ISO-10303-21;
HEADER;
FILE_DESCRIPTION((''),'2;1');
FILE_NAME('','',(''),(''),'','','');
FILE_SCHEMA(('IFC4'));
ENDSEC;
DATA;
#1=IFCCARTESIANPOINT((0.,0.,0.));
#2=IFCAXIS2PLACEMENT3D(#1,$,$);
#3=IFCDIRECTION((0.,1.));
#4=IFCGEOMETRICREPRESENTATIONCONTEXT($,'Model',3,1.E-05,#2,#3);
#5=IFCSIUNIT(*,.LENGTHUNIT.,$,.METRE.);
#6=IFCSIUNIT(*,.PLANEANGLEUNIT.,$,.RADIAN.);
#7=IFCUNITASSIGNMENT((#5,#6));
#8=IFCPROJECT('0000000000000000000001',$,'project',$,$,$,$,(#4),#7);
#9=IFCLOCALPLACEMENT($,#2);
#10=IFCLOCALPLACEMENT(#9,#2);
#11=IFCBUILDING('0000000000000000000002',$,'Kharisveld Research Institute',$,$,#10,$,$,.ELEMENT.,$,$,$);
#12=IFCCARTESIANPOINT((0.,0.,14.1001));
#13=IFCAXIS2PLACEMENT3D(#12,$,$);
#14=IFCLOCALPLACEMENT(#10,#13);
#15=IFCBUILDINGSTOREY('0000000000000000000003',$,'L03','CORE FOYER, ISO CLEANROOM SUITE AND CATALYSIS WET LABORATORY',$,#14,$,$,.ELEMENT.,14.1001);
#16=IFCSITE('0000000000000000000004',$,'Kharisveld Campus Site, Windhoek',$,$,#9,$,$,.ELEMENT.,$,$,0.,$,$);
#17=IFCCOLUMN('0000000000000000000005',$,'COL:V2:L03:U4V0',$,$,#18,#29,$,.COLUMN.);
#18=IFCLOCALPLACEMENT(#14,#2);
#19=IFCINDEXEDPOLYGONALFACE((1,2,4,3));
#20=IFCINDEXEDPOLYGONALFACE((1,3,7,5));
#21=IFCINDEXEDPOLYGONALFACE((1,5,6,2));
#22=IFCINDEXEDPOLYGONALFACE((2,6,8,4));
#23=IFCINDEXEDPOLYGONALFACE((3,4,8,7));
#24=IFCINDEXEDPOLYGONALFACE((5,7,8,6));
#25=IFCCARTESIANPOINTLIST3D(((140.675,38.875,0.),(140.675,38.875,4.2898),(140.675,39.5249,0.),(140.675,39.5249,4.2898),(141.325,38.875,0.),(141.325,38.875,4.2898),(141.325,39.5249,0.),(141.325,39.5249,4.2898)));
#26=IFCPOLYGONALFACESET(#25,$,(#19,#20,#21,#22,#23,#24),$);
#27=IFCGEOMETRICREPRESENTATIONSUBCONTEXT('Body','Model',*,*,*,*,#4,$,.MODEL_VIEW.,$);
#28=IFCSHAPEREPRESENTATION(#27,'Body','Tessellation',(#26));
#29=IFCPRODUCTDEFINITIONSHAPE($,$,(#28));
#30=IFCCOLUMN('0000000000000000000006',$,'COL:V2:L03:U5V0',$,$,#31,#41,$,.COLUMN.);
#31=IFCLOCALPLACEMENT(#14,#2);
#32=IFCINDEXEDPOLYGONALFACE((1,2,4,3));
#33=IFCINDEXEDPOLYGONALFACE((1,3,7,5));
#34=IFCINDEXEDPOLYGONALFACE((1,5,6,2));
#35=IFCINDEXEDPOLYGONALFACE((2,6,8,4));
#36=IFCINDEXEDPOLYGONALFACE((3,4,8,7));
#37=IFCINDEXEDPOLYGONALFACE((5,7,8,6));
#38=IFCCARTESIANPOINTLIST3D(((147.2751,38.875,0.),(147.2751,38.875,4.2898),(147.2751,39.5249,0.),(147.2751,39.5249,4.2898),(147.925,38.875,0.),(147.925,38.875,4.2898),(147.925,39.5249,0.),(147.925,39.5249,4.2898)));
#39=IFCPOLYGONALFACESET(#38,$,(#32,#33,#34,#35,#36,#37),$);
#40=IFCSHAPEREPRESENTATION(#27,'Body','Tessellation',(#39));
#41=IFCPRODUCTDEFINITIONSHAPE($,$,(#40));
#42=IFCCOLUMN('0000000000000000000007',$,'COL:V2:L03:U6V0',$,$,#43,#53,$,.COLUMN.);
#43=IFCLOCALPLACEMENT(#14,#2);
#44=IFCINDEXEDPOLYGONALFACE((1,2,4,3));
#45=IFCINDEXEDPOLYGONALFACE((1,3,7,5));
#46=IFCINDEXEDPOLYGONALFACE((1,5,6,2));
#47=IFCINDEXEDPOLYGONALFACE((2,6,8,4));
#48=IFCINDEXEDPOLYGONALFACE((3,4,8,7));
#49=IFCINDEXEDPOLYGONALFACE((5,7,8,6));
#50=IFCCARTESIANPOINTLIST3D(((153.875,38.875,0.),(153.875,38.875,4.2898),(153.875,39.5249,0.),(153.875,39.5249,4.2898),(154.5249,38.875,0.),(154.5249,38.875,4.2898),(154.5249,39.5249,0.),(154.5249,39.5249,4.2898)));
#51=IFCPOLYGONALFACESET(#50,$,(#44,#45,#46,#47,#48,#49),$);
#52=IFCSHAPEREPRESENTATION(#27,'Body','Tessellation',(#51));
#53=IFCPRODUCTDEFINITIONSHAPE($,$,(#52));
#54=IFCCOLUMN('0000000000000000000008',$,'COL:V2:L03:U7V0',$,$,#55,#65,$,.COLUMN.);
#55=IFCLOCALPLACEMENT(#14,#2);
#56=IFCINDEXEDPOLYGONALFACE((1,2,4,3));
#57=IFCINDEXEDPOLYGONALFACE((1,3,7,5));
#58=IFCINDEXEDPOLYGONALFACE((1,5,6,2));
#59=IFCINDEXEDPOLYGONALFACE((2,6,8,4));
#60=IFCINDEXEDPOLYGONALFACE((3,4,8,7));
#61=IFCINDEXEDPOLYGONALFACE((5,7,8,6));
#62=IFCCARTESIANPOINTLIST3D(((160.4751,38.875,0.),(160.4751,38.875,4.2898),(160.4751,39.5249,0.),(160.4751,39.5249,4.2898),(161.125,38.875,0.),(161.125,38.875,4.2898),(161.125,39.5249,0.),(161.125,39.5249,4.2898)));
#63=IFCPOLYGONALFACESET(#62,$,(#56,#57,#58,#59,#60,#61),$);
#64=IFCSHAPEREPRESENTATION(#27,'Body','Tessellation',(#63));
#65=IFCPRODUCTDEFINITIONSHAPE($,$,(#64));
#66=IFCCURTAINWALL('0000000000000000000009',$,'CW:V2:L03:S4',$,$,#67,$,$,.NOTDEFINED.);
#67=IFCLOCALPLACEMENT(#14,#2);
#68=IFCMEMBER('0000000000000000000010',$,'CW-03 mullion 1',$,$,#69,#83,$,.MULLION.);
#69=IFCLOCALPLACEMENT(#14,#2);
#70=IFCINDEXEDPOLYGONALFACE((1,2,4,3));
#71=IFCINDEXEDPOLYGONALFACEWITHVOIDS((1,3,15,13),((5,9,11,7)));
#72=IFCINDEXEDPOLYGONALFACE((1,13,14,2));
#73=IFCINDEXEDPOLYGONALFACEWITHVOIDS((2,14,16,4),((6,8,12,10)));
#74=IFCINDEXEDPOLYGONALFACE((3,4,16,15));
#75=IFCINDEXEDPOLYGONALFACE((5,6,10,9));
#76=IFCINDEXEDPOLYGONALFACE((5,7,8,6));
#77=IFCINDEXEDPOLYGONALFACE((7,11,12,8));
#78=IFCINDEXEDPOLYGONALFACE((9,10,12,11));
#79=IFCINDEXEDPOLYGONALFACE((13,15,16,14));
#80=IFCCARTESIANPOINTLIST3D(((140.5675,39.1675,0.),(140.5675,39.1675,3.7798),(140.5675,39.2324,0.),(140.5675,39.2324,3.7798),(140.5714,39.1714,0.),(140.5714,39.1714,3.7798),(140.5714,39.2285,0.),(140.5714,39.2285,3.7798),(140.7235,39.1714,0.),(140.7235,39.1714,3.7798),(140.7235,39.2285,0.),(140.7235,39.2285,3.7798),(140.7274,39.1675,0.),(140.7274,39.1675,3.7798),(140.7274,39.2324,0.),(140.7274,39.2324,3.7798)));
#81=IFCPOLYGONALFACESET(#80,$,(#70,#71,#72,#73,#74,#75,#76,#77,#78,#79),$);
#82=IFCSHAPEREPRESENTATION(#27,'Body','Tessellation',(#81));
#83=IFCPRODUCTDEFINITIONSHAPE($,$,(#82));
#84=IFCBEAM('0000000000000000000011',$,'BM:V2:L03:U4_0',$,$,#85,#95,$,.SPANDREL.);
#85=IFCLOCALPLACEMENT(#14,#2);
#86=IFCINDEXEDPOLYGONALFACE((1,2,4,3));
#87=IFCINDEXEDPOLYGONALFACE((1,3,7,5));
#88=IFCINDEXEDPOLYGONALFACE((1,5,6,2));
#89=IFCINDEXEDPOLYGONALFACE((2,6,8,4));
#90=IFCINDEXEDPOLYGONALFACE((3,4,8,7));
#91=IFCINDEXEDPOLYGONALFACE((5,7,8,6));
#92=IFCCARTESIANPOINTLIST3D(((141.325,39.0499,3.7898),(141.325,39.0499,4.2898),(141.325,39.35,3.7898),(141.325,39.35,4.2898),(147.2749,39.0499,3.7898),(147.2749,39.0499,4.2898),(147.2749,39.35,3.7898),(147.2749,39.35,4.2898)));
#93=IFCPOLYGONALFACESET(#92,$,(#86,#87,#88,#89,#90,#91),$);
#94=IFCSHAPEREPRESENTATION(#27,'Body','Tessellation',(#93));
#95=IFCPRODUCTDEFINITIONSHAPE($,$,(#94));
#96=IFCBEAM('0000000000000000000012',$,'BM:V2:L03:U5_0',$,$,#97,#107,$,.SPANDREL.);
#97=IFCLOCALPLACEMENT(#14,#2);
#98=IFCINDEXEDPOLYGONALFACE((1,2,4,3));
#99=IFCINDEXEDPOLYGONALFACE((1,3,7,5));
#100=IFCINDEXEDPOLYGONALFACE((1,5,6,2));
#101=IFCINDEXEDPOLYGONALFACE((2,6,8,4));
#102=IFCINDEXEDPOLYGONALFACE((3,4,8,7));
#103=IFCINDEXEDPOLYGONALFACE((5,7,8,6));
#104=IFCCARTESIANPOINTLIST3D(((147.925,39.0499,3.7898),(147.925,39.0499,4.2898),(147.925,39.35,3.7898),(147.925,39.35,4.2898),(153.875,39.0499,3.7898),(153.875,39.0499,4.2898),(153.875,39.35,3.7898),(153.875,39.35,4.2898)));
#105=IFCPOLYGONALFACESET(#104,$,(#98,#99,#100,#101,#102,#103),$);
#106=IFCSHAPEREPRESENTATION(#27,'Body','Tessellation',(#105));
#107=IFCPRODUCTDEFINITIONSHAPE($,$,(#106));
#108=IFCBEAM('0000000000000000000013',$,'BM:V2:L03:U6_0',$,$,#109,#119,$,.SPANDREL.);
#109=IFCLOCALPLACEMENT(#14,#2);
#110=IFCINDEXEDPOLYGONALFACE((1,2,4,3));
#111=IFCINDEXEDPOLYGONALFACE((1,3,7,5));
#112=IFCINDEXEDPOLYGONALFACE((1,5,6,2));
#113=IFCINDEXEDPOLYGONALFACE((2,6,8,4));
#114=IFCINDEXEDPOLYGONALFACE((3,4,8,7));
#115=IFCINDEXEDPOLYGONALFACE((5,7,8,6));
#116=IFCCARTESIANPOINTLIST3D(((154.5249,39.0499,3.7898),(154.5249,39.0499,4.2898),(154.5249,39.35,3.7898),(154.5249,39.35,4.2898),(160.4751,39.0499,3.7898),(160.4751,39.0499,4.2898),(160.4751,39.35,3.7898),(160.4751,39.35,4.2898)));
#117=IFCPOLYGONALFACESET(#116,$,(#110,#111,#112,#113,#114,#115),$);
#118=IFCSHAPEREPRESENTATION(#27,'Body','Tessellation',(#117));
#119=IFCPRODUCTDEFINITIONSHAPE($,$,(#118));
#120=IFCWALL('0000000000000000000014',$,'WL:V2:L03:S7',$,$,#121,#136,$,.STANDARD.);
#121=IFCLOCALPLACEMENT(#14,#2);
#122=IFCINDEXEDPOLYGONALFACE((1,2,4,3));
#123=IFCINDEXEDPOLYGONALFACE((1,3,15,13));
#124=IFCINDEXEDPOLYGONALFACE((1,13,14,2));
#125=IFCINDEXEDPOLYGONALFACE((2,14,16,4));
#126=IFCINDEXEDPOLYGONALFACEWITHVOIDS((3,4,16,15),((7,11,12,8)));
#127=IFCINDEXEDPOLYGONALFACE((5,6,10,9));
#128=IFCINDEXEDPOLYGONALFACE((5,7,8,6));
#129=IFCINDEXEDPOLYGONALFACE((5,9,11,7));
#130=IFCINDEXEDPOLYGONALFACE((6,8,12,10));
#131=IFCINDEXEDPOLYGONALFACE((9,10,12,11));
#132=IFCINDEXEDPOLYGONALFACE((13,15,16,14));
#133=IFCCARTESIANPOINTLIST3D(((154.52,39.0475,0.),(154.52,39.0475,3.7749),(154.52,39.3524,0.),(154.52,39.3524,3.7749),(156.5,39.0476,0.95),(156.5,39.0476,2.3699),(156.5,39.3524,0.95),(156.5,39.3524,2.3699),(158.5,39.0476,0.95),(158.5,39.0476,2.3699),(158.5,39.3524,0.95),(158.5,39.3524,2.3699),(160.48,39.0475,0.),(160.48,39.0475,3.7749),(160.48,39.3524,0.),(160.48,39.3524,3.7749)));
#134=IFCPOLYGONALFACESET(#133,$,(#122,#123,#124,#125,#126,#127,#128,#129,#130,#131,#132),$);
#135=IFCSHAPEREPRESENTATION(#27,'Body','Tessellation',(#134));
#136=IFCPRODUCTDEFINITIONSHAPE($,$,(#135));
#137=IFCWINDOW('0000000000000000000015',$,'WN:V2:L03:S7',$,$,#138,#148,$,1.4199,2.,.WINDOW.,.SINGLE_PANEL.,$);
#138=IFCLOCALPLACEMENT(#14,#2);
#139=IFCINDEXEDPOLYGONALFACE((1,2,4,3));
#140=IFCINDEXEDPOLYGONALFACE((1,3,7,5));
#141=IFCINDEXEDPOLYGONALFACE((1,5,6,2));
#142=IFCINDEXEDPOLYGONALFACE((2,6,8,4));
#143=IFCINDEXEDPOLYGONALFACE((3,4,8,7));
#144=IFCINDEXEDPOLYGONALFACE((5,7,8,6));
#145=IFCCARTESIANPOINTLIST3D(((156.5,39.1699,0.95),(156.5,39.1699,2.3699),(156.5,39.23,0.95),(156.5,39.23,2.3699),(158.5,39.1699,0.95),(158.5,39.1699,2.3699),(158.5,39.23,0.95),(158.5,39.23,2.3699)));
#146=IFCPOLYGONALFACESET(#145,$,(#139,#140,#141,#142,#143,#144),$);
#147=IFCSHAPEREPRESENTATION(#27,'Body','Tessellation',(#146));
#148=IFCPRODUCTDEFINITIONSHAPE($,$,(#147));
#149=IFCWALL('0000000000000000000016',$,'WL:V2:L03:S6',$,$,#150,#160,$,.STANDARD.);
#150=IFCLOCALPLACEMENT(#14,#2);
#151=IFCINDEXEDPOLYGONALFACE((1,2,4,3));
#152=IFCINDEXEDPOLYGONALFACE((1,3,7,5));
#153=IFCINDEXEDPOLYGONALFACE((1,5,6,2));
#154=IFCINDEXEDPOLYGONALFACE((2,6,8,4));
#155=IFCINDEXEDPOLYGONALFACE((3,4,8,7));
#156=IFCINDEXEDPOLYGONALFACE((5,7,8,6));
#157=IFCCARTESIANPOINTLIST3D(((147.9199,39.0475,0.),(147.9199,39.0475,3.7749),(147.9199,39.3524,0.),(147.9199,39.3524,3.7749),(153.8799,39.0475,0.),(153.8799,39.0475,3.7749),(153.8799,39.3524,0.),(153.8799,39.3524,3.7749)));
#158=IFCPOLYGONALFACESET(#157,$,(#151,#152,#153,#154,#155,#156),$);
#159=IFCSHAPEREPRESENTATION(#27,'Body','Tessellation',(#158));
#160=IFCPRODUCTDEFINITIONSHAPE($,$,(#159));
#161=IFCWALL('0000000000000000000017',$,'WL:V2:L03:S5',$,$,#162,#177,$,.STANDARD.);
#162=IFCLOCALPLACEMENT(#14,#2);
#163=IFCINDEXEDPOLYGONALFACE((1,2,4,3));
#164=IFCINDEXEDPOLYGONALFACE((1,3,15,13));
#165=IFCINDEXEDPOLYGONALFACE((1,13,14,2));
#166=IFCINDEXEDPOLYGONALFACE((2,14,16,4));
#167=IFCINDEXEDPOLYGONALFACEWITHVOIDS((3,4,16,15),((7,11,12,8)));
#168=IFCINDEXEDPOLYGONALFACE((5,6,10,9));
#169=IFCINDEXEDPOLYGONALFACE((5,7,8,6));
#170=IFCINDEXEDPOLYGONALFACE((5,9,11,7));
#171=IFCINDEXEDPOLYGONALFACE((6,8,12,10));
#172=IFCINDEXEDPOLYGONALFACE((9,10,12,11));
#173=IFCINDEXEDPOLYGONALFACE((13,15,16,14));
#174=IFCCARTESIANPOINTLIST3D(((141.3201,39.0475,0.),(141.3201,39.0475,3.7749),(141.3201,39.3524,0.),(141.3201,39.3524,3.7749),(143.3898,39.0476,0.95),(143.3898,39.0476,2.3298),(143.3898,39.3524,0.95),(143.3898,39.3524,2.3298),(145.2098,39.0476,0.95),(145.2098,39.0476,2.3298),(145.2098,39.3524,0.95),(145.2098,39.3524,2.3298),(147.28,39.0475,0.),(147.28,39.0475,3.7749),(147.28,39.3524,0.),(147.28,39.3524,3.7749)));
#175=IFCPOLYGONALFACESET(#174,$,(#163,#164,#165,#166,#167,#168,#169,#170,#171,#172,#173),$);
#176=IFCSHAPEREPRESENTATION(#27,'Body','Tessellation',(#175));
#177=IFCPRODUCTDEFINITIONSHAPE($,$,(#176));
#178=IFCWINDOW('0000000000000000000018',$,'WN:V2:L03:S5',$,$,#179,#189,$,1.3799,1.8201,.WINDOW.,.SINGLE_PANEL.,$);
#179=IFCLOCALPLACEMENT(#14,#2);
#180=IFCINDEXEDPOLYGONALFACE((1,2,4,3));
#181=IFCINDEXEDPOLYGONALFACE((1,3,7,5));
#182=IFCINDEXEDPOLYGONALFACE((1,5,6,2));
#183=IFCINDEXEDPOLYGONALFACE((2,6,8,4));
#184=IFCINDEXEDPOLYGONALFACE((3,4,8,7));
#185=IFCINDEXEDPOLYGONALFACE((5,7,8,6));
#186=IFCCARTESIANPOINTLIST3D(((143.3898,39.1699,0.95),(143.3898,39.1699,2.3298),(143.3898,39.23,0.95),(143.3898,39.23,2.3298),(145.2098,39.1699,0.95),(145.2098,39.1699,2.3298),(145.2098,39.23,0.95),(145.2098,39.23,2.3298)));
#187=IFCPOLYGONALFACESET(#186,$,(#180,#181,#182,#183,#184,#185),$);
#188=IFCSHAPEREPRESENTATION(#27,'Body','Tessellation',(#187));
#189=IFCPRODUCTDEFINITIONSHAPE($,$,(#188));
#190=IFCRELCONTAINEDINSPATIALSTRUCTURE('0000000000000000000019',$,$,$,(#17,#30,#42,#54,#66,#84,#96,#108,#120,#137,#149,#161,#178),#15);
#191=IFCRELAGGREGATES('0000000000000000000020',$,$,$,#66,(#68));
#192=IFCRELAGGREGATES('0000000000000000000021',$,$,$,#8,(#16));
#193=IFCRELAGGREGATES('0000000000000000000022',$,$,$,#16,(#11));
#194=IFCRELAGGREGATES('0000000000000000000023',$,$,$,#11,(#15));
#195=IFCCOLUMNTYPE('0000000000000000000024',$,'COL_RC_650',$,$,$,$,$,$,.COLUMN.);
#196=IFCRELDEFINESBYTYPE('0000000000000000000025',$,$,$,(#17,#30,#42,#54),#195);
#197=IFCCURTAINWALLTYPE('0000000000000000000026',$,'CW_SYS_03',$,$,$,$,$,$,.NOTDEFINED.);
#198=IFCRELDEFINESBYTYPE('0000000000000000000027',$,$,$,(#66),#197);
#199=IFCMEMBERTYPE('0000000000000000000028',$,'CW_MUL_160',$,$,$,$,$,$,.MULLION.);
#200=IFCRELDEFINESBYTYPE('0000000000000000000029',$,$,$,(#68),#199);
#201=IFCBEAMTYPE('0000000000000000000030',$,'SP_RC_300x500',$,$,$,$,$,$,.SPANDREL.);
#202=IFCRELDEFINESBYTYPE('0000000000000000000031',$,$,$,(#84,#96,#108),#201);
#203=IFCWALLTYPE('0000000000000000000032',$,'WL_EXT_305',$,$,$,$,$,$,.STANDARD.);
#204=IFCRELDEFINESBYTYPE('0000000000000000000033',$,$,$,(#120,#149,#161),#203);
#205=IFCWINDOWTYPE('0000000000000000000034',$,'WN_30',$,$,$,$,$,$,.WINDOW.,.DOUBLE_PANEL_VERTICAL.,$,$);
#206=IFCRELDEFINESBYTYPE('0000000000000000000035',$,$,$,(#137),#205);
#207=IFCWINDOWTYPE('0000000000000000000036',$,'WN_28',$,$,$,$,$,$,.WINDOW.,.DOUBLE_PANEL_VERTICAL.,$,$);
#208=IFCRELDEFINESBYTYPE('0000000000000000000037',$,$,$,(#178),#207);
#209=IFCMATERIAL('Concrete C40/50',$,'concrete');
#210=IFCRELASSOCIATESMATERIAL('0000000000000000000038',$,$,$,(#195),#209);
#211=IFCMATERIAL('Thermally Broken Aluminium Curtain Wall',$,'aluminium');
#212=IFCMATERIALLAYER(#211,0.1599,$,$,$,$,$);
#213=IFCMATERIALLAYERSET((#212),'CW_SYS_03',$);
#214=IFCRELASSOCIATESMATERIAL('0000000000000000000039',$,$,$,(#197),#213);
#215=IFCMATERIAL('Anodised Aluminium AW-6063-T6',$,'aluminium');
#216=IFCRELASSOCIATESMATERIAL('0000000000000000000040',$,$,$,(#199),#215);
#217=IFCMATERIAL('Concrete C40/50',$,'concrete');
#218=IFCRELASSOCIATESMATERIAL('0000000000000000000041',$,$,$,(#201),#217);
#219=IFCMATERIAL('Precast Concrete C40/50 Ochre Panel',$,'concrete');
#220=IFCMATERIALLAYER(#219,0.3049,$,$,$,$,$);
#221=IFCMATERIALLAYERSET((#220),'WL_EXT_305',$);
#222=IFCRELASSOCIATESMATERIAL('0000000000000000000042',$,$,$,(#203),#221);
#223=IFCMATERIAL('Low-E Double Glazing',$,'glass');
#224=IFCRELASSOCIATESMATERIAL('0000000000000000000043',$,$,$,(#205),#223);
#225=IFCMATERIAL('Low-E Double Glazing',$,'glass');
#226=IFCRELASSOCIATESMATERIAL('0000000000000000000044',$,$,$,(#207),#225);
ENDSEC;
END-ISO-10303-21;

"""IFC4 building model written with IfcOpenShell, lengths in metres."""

from ifc_helpers import new_model, si_unit, direction, frame, frame_2d, origin, origin_2d, place, context, subcontext, project, spatial, rectangle, hollow_rectangle, extrude, material, layer, layer_set, material_profile, profile_set, type_object, element, fill, aggregate, save


model = new_model("IFC4")

# Units and contexts
model_context = context("Model", 3, precision=1e-05, world=origin(), true_north=direction((0.0, 1.0)))
body_context = subcontext(model_context, "Body", "Model", "MODEL_VIEW")
ifc_project = project(units=[si_unit("LENGTHUNIT", "METRE"), si_unit("PLANEANGLEUNIT", "RADIAN")], contexts=[model_context])

# Site, building, storey
site_placement = place(None, origin())
site = spatial("IfcSite", under=ifc_project, at=site_placement, Name="Kharisveld Campus Site, Windhoek", CompositionType="ELEMENT", RefElevation=0.0)
building_placement = place(site_placement, origin())
building = spatial("IfcBuilding", under=site, at=building_placement, Name="Kharisveld Research Institute", CompositionType="ELEMENT")
storey_placement = place(building_placement, frame((0.0, 0.0, 14.1001)))
storey = spatial("IfcBuildingStorey", under=building, at=storey_placement, Name="L03", Description="CORE FOYER, ISO CLEANROOM SUITE AND CATALYSIS WET LABORATORY", CompositionType="ELEMENT", Elevation=14.1001)

# Columns
ifc_material_1 = material(Name="Concrete C40/50", Category="concrete")
ifc_material_profile_1 = material_profile(ifc_material_1, rectangle(XDim=0.6499, YDim=0.6499, at=origin_2d()))
ifc_profile_set_1 = profile_set([ifc_material_profile_1], Name="Concrete C40/50")
column_type = type_object("IfcColumnType", Name="COL_RC_650", PredefinedType="COLUMN", material=ifc_profile_set_1)
for number, where, z_axis, x_axis, name in (
    (1, (141.0, 39.2, 0.0), (0.0, 0.0, 1.0), (1.0, 0.0, 0.0), "COL:V2:L03:U4V0"),
    (2, (147.6001, 39.2, 0.0), (0.0, 0.0, 1.0), (1.0, 0.0, 0.0), "COL:V2:L03:U5V0"),
    (3, (154.2, 39.2, 0.0), (0.0, 0.0, 1.0), (1.0, 0.0, 0.0), "COL:V2:L03:U6V0"),
    (4, (160.8, 39.2, 0.0), (0.0, 0.0, 1.0), (1.0, 0.0, 0.0), "COL:V2:L03:U7V0"),
):
    element("IfcColumn", number, at=place(storey_placement, frame(where, z_axis=z_axis, x_axis=x_axis)), inside=storey, type_object=column_type, Name=name, PredefinedType="COLUMN", context=body_context, shape_type="SweptSolid", body=[
        extrude(rectangle(XDim=0.6499, YDim=0.6499, at=origin_2d()), origin(), (0.0, 0.0, 1.0), 4.2898),
    ])

# Curtain wall, member
ifc_material_2 = material(Name="Thermally Broken Aluminium Curtain Wall", Category="aluminium")
ifc_layer_1 = layer(ifc_material_2, 0.1599)
ifc_layer_set_1 = layer_set([ifc_layer_1], Name="CW_SYS_03")
curtain_wall_type = type_object("IfcCurtainWallType", Name="CW_SYS_03", PredefinedType="NOTDEFINED", material=ifc_layer_set_1)
curtain_wall_placement = place(storey_placement, origin())
curtain_wall = element("IfcCurtainWall", 5, at=curtain_wall_placement, inside=storey, type_object=curtain_wall_type, Name="CW:V2:L03:S4", PredefinedType="NOTDEFINED")
ifc_material_3 = material(Name="Anodised Aluminium AW-6063-T6", Category="aluminium")
ifc_material_profile_2 = material_profile(ifc_material_3, hollow_rectangle(XDim=0.0649, YDim=0.1599, WallThickness=0.0039, at=origin_2d()))
ifc_profile_set_2 = profile_set([ifc_material_profile_2], Name="Anodised Aluminium AW-6063-T6")
member_type = type_object("IfcMemberType", Name="CW_MUL_160", PredefinedType="MULLION", material=ifc_profile_set_2)
member_placement = place(storey_placement, frame((140.6475, 39.2, 0.0), z_axis=(0.0, 0.0, 1.0), x_axis=(0.0, -1.0, 0.0)))
member = element("IfcMember", 6, at=member_placement, type_object=member_type, Name="CW-03 mullion 1", PredefinedType="MULLION", context=body_context, shape_type="SweptSolid", body=[
    extrude(hollow_rectangle(XDim=0.0649, YDim=0.1599, WallThickness=0.0039, at=origin_2d()), origin(), (0.0, 0.0, 1.0), 3.7798),
])
aggregate(curtain_wall, [member])

# Beams
ifc_material_4 = material(Name="Concrete C40/50", Category="concrete")
ifc_material_profile_3 = material_profile(ifc_material_4, rectangle(XDim=0.3, YDim=0.5, at=origin_2d()))
ifc_profile_set_3 = profile_set([ifc_material_profile_3], Name="Concrete C40/50")
beam_type = type_object("IfcBeamType", Name="SP_RC_300x500", PredefinedType="SPANDREL", material=ifc_profile_set_3)
for number, where, z_axis, x_axis, name in (
    (7, (141.325, 39.2, 4.0398), (1.0, 0.0, 0.0), (0.0, 1.0, 0.0), "BM:V2:L03:U4_0"),
    (8, (147.925, 39.2, 4.0398), (1.0, 0.0, 0.0), (0.0, 1.0, 0.0), "BM:V2:L03:U5_0"),
):
    element("IfcBeam", number, at=place(storey_placement, frame(where, z_axis=z_axis, x_axis=x_axis)), inside=storey, type_object=beam_type, Name=name, PredefinedType="SPANDREL", context=body_context, shape_type="SweptSolid", body=[
        extrude(rectangle(XDim=0.3, YDim=0.5, at=origin_2d()), origin(), (0.0, 0.0, 1.0), 5.95),
    ])
beam_placement = place(storey_placement, frame((154.5249, 39.2, 4.0398), z_axis=(1.0, 0.0, 0.0), x_axis=(0.0, 1.0, 0.0)))
element("IfcBeam", 9, at=beam_placement, inside=storey, type_object=beam_type, Name="BM:V2:L03:U6_0", PredefinedType="SPANDREL", context=body_context, shape_type="SweptSolid", body=[
    extrude(rectangle(XDim=0.3, YDim=0.5, at=origin_2d()), origin(), (0.0, 0.0, 1.0), 5.9502),
])

# Wall, opening, window
ifc_material_5 = material(Name="Precast Concrete C40/50 Ochre Panel", Category="concrete")
ifc_layer_2 = layer(ifc_material_5, 0.3049)
ifc_layer_set_2 = layer_set([ifc_layer_2], Name="WL_EXT_305")
wall_type = type_object("IfcWallType", Name="WL_EXT_305", PredefinedType="STANDARD", material=ifc_layer_set_2)
wall_1_placement = place(storey_placement, frame((160.48, 39.2, 0.0), z_axis=(0.0, 0.0, 1.0), x_axis=(-1.0, 0.0, 0.0)))
wall_1 = element("IfcWall", 10, at=wall_1_placement, inside=storey, type_object=wall_type, Name="WL:V2:L03:S7", PredefinedType="STANDARD", context=body_context, shape_type="SweptSolid", body=[
    extrude(rectangle(XDim=5.96, YDim=0.3049, at=frame_2d((2.98, 0.0))), origin(), (0.0, 0.0, 1.0), 3.7749),
])
opening_1_placement = place(wall_1_placement, frame((1.98, 0.0, 0.95)))
opening_1 = element("IfcOpeningElement", 11, at=opening_1_placement, cuts=wall_1, PredefinedType="OPENING", context=body_context, shape_type="SweptSolid", body=[
    extrude(rectangle(XDim=2.0, YDim=1.4199, at=frame_2d((1.0, 0.71))), frame((0.0, 0.1523, 0.0), z_axis=(0.0, -1.0, 0.0), x_axis=(1.0, 0.0, 0.0)), (0.0, 0.0, 1.0), 0.3049),
])
ifc_material_6 = material(Name="Low-E Double Glazing", Category="glass")
window_type_1 = type_object("IfcWindowType", Name="WN_30", PartitioningType="DOUBLE_PANEL_VERTICAL", PredefinedType="WINDOW", material=ifc_material_6)
window_1_placement = place(opening_1_placement, origin())
window_1 = element("IfcWindow", 12, at=window_1_placement, inside=storey, type_object=window_type_1, Name="WN:V2:L03:S7", OverallHeight=1.4199, OverallWidth=2.0, PartitioningType="SINGLE_PANEL", PredefinedType="WINDOW", context=body_context, shape_type="SweptSolid", body=[
    extrude(rectangle(XDim=2.0, YDim=1.4199, at=frame_2d((1.0, 0.71))), frame((0.0, 0.03, 0.0), z_axis=(0.0, -1.0, 0.0), x_axis=(1.0, 0.0, 0.0)), (0.0, 0.0, 1.0), 0.0601),
])
fill(opening_1, window_1)

# Wall
wall_2_placement = place(storey_placement, frame((153.8799, 39.2, 0.0), z_axis=(0.0, 0.0, 1.0), x_axis=(-1.0, 0.0, 0.0)))
element("IfcWall", 13, at=wall_2_placement, inside=storey, type_object=wall_type, Name="WL:V2:L03:S6", PredefinedType="STANDARD", context=body_context, shape_type="SweptSolid", body=[
    extrude(rectangle(XDim=5.96, YDim=0.3049, at=frame_2d((2.98, 0.0))), origin(), (0.0, 0.0, 1.0), 3.7749),
])

# Wall, opening, window
wall_3_placement = place(storey_placement, frame((147.28, 39.2, 0.0), z_axis=(0.0, 0.0, 1.0), x_axis=(-1.0, 0.0, 0.0)))
wall_3 = element("IfcWall", 14, at=wall_3_placement, inside=storey, type_object=wall_type, Name="WL:V2:L03:S5", PredefinedType="STANDARD", context=body_context, shape_type="SweptSolid", body=[
    extrude(rectangle(XDim=5.96, YDim=0.3049, at=frame_2d((2.98, 0.0))), origin(), (0.0, 0.0, 1.0), 3.7749),
])
opening_2_placement = place(wall_3_placement, frame((2.0701, 0.0, 0.95)))
opening_2 = element("IfcOpeningElement", 15, at=opening_2_placement, cuts=wall_3, PredefinedType="OPENING", context=body_context, shape_type="SweptSolid", body=[
    extrude(rectangle(XDim=1.8201, YDim=1.3799, at=frame_2d((0.9102, 0.6899))), frame((0.0, 0.1523, 0.0), z_axis=(0.0, -1.0, 0.0), x_axis=(1.0, 0.0, 0.0)), (0.0, 0.0, 1.0), 0.3049),
])
ifc_material_7 = material(Name="Low-E Double Glazing", Category="glass")
window_type_2 = type_object("IfcWindowType", Name="WN_28", PartitioningType="DOUBLE_PANEL_VERTICAL", PredefinedType="WINDOW", material=ifc_material_7)
window_2_placement = place(opening_2_placement, origin())
window_2 = element("IfcWindow", 16, at=window_2_placement, inside=storey, type_object=window_type_2, Name="WN:V2:L03:S5", OverallHeight=1.3799, OverallWidth=1.8201, PartitioningType="SINGLE_PANEL", PredefinedType="WINDOW", context=body_context, shape_type="SweptSolid", body=[
    extrude(rectangle(XDim=1.8201, YDim=1.3799, at=frame_2d((0.9102, 0.6899))), frame((0.0, 0.03, 0.0), z_axis=(0.0, -1.0, 0.0), x_axis=(1.0, 0.0, 0.0)), (0.0, 0.0, 1.0), 0.0601),
])
fill(opening_2, window_2)

save(model, "model.ifc")
